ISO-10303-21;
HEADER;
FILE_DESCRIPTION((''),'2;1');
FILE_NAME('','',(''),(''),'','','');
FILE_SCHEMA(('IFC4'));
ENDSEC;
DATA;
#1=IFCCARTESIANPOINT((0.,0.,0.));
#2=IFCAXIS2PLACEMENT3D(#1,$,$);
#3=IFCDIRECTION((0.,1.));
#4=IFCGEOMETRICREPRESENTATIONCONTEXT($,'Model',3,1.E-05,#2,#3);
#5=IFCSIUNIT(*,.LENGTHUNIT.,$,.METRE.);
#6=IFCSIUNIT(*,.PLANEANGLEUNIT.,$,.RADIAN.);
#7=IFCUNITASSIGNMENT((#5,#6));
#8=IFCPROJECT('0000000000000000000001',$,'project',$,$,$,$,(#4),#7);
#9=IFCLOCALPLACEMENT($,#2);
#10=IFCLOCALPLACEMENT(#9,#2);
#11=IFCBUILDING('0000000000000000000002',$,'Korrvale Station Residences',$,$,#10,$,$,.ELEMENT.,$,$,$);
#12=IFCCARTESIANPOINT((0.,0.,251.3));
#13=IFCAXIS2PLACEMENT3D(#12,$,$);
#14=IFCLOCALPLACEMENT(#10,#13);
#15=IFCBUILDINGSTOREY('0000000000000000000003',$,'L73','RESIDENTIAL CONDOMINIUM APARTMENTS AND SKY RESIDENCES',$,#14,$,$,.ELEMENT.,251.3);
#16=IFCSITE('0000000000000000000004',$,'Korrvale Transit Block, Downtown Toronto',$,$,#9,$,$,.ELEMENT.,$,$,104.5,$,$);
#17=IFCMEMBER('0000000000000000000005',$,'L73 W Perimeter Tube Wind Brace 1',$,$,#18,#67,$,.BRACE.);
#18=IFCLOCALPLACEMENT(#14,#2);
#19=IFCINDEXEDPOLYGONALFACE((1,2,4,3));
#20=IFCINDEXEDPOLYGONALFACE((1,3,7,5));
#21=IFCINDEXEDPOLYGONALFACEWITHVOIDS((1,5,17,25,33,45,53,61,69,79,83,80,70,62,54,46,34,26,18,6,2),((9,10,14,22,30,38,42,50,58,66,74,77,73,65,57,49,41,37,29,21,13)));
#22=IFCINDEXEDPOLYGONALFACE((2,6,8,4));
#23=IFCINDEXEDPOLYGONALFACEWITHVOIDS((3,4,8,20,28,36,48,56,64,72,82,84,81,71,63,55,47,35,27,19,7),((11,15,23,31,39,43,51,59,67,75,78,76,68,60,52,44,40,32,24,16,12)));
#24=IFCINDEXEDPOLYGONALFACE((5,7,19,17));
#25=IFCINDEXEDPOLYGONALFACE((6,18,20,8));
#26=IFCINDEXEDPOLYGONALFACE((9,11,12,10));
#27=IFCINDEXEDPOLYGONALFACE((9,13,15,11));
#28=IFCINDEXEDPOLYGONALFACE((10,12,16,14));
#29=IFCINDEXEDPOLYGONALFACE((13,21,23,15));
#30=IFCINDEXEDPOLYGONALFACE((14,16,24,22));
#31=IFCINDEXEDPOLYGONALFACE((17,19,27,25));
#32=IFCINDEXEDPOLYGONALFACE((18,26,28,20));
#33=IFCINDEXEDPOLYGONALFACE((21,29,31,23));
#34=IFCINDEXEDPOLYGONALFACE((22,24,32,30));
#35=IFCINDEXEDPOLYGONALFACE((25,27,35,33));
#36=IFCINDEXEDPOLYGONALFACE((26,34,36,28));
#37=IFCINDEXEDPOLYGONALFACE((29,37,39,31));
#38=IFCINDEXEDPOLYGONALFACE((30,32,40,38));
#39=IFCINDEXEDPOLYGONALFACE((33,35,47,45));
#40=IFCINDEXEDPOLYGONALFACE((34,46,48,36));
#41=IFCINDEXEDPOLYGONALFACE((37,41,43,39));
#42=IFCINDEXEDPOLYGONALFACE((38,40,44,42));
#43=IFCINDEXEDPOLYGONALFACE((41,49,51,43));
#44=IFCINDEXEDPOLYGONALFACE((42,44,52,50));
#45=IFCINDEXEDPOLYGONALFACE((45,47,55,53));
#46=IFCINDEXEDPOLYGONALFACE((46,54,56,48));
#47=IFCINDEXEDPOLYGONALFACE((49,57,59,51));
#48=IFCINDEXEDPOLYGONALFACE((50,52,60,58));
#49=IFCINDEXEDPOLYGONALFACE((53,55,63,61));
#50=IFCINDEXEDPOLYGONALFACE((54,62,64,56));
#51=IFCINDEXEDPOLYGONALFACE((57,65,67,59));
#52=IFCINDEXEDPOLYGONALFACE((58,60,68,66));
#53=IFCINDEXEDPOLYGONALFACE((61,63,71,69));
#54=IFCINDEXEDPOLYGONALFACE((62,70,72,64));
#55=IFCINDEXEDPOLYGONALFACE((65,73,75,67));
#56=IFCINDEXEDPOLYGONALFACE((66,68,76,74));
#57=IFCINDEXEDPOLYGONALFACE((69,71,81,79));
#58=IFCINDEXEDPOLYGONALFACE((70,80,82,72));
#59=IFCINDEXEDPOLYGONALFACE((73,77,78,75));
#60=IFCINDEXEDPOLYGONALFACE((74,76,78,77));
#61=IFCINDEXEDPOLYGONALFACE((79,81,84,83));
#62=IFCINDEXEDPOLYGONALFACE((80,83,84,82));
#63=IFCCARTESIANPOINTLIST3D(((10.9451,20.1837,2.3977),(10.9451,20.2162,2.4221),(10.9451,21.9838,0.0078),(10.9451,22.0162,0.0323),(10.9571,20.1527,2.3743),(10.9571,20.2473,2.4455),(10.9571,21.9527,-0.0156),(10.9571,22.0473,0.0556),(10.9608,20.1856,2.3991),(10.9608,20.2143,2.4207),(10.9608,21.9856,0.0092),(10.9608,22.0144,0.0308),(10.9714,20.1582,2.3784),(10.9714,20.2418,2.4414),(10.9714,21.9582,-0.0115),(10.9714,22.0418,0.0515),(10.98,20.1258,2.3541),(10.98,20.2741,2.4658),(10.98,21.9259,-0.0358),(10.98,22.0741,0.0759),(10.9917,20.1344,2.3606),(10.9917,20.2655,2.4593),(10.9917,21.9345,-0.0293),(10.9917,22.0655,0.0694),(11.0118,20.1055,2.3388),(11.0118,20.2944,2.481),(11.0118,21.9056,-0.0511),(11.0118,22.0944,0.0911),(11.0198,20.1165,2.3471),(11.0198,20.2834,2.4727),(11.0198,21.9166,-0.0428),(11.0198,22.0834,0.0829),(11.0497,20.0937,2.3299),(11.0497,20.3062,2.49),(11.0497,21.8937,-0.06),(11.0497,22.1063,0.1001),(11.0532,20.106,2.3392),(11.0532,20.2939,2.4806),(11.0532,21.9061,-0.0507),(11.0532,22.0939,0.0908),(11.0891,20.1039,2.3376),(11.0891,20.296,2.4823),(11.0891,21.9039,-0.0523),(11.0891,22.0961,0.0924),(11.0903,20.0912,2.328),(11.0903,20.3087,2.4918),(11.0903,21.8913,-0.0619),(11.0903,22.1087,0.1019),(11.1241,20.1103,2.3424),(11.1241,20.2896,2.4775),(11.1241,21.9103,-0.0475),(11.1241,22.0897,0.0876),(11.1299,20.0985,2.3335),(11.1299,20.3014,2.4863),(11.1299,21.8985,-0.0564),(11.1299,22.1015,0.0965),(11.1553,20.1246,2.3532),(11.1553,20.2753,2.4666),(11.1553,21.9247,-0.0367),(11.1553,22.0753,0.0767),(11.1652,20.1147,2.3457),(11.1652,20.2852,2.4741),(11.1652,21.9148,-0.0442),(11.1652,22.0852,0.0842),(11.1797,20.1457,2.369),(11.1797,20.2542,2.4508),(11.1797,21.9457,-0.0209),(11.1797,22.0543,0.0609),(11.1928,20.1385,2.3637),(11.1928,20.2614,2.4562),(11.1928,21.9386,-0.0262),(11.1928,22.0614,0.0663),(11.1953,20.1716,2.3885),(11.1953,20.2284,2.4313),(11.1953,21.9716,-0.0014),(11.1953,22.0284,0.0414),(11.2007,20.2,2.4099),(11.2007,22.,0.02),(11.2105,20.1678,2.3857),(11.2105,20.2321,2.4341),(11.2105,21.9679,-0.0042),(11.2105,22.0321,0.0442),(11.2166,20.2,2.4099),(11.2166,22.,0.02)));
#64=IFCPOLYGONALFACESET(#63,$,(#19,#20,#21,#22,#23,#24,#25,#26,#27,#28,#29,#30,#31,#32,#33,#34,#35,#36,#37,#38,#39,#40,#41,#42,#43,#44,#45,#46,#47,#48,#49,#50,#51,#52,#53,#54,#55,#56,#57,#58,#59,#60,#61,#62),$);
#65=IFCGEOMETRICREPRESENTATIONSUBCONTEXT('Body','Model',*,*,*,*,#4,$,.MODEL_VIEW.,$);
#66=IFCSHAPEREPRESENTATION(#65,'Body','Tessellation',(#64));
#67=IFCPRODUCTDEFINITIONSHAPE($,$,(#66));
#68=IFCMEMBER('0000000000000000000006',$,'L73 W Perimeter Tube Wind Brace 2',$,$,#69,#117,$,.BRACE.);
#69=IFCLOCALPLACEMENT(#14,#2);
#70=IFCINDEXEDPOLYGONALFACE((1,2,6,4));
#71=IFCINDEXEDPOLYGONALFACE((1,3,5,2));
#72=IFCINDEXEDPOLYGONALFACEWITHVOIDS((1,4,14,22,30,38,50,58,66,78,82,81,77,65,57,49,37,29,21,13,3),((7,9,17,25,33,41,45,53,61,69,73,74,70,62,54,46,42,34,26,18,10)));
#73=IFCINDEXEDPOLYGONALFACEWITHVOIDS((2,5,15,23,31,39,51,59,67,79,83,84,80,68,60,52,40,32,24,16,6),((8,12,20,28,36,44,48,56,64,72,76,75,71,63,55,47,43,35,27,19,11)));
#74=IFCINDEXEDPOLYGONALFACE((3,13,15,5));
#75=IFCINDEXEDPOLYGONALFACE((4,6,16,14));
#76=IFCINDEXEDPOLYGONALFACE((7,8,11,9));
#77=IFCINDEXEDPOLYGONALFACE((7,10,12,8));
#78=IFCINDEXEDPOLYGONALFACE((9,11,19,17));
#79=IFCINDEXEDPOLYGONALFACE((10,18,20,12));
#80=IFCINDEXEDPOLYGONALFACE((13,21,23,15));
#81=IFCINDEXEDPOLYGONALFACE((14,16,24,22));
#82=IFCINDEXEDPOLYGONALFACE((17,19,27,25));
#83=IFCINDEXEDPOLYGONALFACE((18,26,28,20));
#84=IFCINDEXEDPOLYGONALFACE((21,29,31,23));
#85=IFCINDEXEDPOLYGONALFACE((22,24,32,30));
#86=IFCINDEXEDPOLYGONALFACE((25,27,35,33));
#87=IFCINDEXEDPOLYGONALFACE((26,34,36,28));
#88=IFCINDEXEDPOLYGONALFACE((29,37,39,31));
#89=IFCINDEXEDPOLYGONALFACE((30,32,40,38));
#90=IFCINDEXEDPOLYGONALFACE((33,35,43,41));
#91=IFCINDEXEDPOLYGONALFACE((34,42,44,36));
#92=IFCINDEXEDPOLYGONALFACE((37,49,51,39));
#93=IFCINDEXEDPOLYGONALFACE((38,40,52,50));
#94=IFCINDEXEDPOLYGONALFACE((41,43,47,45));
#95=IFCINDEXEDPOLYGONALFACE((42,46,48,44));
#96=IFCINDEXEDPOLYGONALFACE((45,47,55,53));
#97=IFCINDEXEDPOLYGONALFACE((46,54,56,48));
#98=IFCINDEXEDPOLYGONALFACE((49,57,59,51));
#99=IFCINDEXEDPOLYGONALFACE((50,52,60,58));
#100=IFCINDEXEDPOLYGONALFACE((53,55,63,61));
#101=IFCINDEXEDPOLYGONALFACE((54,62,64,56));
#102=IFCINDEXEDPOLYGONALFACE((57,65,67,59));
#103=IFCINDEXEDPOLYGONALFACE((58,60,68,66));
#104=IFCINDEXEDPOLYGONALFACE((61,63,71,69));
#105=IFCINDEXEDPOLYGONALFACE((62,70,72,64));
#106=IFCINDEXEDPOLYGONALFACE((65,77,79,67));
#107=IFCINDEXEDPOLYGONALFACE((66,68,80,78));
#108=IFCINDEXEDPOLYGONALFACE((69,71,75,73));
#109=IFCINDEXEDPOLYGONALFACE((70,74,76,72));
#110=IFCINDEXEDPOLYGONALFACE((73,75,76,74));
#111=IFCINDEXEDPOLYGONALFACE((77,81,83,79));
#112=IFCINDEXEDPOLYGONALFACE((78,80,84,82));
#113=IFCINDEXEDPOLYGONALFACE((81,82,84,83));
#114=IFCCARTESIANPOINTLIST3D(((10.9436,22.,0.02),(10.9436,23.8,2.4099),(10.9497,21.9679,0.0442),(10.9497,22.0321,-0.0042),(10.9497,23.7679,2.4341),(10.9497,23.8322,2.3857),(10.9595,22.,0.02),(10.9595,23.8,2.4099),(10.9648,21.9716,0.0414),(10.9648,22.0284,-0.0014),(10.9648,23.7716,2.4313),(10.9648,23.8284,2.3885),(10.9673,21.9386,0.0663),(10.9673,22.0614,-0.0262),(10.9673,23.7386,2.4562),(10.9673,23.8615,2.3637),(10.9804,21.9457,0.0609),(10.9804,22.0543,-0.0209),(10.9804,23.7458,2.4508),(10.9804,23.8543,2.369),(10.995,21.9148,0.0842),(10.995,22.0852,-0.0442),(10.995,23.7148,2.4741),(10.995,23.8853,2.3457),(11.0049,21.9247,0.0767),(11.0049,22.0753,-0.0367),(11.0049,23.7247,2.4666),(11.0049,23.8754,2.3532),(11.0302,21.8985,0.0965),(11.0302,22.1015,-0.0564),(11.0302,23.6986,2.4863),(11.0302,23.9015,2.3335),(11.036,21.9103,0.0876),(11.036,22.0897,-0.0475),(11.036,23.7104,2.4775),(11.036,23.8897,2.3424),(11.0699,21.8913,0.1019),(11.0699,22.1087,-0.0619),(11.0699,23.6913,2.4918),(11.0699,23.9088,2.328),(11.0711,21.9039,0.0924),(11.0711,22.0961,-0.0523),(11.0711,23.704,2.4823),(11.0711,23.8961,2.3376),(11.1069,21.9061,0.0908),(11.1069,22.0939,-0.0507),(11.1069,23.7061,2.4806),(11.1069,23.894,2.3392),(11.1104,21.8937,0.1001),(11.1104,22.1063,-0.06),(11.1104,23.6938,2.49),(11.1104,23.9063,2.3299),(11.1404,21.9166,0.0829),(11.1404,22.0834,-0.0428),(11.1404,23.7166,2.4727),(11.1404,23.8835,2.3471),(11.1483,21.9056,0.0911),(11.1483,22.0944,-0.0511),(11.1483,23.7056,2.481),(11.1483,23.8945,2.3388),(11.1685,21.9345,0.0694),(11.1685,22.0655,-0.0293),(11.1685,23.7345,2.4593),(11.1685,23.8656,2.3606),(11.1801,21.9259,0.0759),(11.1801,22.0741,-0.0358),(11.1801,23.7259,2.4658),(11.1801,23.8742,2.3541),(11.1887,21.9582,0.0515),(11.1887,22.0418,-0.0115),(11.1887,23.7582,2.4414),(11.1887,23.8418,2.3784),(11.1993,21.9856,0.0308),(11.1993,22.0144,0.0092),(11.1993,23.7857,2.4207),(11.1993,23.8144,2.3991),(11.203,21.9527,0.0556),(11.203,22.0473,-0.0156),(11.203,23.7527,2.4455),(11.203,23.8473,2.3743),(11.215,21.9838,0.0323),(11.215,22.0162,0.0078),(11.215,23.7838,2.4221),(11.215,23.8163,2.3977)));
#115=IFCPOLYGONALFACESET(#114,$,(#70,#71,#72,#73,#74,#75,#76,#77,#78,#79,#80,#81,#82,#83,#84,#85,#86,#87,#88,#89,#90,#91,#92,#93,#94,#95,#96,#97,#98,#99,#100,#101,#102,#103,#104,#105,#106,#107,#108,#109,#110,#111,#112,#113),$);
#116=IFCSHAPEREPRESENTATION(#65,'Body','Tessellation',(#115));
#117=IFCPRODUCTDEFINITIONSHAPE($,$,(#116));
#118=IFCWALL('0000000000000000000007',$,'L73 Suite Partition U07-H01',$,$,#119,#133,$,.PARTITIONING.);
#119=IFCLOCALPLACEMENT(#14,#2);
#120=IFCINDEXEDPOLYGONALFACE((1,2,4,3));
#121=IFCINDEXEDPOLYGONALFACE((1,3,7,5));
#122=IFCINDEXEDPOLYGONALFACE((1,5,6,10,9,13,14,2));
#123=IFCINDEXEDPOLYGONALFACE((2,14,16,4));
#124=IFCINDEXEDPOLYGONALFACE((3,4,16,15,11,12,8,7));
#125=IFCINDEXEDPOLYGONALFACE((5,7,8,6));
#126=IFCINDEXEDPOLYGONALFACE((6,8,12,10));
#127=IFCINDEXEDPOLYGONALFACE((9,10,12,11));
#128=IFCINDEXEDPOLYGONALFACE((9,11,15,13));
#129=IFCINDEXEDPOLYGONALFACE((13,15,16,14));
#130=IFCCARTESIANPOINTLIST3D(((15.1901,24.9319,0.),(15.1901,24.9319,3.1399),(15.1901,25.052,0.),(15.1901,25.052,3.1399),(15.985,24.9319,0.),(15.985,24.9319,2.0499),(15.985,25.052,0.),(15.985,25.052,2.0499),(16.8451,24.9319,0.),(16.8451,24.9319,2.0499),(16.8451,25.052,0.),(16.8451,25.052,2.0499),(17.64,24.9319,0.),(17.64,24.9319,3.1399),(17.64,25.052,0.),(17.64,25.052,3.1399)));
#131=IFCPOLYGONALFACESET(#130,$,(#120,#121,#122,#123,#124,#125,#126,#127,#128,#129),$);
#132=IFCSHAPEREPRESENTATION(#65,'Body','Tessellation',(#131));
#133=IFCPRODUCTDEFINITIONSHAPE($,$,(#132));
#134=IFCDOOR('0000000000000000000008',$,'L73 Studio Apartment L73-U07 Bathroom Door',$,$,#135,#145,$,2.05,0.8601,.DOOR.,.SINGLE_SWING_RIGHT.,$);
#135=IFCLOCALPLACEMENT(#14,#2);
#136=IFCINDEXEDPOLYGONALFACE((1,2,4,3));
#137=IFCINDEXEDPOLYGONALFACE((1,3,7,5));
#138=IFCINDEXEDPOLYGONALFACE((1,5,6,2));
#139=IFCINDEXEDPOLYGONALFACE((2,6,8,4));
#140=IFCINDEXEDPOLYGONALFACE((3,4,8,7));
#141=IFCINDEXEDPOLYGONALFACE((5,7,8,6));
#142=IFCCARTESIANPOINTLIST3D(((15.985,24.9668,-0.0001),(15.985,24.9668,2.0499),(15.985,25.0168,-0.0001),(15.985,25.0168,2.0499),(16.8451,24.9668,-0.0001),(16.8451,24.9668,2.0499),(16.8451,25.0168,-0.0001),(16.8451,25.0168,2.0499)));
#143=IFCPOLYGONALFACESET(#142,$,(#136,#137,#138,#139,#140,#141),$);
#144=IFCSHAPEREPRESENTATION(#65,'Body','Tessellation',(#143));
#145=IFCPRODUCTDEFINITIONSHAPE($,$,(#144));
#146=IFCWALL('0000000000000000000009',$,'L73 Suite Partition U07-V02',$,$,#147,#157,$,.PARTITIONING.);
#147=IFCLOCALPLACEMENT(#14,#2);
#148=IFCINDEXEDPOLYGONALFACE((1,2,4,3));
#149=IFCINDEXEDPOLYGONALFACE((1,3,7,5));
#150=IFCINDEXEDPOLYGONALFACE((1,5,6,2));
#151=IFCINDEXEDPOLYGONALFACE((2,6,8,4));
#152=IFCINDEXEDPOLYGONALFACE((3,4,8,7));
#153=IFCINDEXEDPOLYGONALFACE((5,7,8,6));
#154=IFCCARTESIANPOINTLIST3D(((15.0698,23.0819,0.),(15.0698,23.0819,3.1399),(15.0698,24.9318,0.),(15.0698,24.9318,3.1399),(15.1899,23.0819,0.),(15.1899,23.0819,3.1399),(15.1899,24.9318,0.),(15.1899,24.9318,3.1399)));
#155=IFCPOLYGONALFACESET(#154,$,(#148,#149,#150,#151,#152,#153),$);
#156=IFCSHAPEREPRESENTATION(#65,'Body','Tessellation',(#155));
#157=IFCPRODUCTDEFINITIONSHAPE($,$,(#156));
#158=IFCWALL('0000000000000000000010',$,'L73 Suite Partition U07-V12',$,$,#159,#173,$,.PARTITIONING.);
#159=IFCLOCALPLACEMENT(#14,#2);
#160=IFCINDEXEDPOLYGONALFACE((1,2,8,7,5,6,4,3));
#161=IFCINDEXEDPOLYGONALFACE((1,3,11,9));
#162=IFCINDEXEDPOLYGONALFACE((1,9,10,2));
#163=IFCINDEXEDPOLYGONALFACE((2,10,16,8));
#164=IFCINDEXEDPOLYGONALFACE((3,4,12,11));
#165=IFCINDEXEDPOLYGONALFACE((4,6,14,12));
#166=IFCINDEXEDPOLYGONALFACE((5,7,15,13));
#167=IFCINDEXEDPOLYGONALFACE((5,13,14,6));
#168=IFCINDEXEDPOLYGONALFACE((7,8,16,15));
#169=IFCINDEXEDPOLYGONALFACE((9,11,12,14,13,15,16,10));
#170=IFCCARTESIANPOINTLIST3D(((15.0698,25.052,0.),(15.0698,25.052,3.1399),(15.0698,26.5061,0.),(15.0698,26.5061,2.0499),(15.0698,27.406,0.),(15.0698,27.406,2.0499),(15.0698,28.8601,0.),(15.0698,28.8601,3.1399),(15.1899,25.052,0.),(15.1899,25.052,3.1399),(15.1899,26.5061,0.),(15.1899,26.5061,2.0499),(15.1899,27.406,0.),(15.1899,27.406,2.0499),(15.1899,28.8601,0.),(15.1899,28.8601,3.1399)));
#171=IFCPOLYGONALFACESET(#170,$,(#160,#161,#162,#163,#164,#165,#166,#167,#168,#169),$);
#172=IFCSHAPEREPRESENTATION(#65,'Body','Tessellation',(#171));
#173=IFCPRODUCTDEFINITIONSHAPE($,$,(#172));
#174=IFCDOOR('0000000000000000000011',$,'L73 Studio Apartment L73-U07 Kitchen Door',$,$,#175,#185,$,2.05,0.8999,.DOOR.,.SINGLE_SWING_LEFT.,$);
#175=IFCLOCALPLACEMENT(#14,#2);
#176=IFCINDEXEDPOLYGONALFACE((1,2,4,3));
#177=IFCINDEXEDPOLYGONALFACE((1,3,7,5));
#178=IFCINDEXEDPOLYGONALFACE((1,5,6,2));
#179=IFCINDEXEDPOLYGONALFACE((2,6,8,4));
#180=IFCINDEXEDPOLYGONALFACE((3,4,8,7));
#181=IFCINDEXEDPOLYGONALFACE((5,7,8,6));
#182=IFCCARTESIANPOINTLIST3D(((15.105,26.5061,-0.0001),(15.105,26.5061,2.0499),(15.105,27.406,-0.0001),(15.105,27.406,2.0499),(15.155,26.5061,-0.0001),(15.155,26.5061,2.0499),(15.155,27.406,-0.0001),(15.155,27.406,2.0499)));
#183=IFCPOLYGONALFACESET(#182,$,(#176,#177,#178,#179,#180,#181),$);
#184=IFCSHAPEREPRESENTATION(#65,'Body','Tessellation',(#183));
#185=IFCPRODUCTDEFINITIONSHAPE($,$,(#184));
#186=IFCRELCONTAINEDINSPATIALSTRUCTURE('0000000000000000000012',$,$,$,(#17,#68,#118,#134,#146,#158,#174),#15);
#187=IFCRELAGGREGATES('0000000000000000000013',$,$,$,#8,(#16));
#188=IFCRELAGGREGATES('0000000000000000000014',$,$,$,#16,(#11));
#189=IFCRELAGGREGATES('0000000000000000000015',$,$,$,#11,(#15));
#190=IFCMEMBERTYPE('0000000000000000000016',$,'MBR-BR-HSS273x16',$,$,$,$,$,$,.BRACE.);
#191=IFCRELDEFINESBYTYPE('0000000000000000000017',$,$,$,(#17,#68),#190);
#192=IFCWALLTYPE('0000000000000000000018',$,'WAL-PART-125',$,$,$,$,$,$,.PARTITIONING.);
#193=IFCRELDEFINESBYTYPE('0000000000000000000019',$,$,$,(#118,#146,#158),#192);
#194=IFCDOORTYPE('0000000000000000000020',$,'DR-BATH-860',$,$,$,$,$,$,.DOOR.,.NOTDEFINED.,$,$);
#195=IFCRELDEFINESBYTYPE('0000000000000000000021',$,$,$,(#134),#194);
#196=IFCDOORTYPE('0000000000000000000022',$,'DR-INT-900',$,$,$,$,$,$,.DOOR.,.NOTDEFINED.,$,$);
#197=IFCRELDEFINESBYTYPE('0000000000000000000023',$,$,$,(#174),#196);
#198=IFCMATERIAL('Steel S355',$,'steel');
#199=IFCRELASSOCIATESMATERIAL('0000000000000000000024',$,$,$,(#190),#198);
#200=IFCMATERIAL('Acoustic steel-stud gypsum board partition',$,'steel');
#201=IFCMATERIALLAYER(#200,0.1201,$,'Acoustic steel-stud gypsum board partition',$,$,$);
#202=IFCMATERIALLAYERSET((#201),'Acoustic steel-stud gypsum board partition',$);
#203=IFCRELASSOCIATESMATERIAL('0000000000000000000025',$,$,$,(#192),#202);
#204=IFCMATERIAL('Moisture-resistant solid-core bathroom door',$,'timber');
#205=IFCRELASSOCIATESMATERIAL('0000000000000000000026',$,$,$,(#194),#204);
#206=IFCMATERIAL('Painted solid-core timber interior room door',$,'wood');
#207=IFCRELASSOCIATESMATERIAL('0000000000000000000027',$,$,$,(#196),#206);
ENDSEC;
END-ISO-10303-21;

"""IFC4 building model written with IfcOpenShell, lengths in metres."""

from ifc_helpers import new_model, si_unit, direction, frame, frame_2d, origin, origin_2d, place, context, subcontext, project, spatial, rectangle, hollow_circle, extrude, material, layer, layer_set, material_profile, profile_set, type_object, element, fill, save


model = new_model("IFC4")

# Units and contexts
model_context = context("Model", 3, precision=1e-05, world=origin(), true_north=direction((0.0, 1.0)))
body_context = subcontext(model_context, "Body", "Model", "MODEL_VIEW")
ifc_project = project(units=[si_unit("LENGTHUNIT", "METRE"), si_unit("PLANEANGLEUNIT", "RADIAN")], contexts=[model_context])

# Site, building, storey
site_placement = place(None, origin())
site = spatial("IfcSite", under=ifc_project, at=site_placement, Name="Korrvale Transit Block, Downtown Toronto", CompositionType="ELEMENT", RefElevation=104.5)
building_placement = place(site_placement, origin())
building = spatial("IfcBuilding", under=site, at=building_placement, Name="Korrvale Station Residences", CompositionType="ELEMENT")
storey_placement = place(building_placement, frame((0.0, 0.0, 251.3)))
storey = spatial("IfcBuildingStorey", under=building, at=storey_placement, Name="L73", Description="RESIDENTIAL CONDOMINIUM APARTMENTS AND SKY RESIDENCES", CompositionType="ELEMENT", Elevation=251.3)

# Shared definitions
ifc_material_1 = material(Name="Steel S355", Category="steel")

# Members
ifc_material_profile_1 = material_profile(ifc_material_1, hollow_circle(Radius=0.1365, WallThickness=0.0159, at=origin_2d()), Name="HSS273x16")
ifc_profile_set_1 = profile_set([ifc_material_profile_1], Name="Steel S355")
member_type = type_object("IfcMemberType", Name="MBR-BR-HSS273x16", PredefinedType="BRACE", material=ifc_profile_set_1)
for number, where, z_axis, x_axis, name in (
    (1, (11.0801, 22.0, 0.02), (0.0, -0.601631, 0.798774), (1.0, 0.0, 0.0), "L73 W Perimeter Tube Wind Brace 1"),
    (2, (11.0801, 22.0, 0.02), (0.0, 0.601631, 0.798774), (-1.0, 0.0, 0.0), "L73 W Perimeter Tube Wind Brace 2"),
):
    element("IfcMember", number, at=place(storey_placement, frame(where, z_axis=z_axis, x_axis=x_axis)), inside=storey, type_object=member_type, Name=name, PredefinedType="BRACE", context=body_context, shape_type="SweptSolid", body=[
        extrude(hollow_circle(Radius=0.1365, WallThickness=0.0159, at=origin_2d()), origin(), (0.0, 0.0, 1.0), 2.9919),
    ])

# Wall, opening, door
ifc_material_2 = material(Name="Acoustic steel-stud gypsum board partition", Category="steel")
ifc_layer_1 = layer(ifc_material_2, 0.1201, Name="Acoustic steel-stud gypsum board partition")
ifc_layer_set_1 = layer_set([ifc_layer_1], Name="Acoustic steel-stud gypsum board partition")
wall_type_1 = type_object("IfcWallType", Name="WAL-PART-125", PredefinedType="PARTITIONING", material=ifc_layer_set_1)
wall_1_placement = place(storey_placement, frame((15.1899, 24.9919, 0.0), z_axis=(0.0, 0.0, 1.0), x_axis=(1.0, 0.0, 0.0)))
wall_1 = element("IfcWall", 3, at=wall_1_placement, inside=storey, type_object=wall_type_1, Name="L73 Suite Partition U07-H01", PredefinedType="PARTITIONING", context=body_context, shape_type="SweptSolid", body=[
    extrude(rectangle(XDim=2.45, YDim=0.1201, at=frame_2d((1.2251, 0.0))), origin(), (0.0, 0.0, 1.0), 3.1399),
])
opening_1_placement = place(wall_1_placement, frame((0.7949, 0.0, 0.0)))
opening_1 = element("IfcOpeningElement", 4, at=opening_1_placement, cuts=wall_1, PredefinedType="OPENING", context=body_context, shape_type="SweptSolid", body=[
    extrude(rectangle(XDim=0.8601, YDim=2.05, at=frame_2d((0.4302, 1.0249))), frame((0.0, 0.0701, 0.0), z_axis=(0.0, -1.0, 0.0), x_axis=(1.0, 0.0, 0.0)), (0.0, 0.0, 1.0), 0.1401),
])
ifc_material_3 = material(Name="Moisture-resistant solid-core bathroom door", Category="timber")
door_type_1 = type_object("IfcDoorType", Name="DR-BATH-860", OperationType="NOTDEFINED", PredefinedType="DOOR", material=ifc_material_3)
door_1_placement = place(opening_1_placement, origin())
door_1 = element("IfcDoor", 5, at=door_1_placement, inside=storey, type_object=door_type_1, Name="L73 Studio Apartment L73-U07 Bathroom Door", OperationType="SINGLE_SWING_RIGHT", OverallHeight=2.05, OverallWidth=0.8601, PredefinedType="DOOR", context=body_context, shape_type="SweptSolid", body=[
    extrude(rectangle(XDim=0.8601, YDim=2.05, at=frame_2d((0.4302, 1.0249))), frame((0.0, 0.0249, 0.0), z_axis=(0.0, -1.0, 0.0), x_axis=(1.0, 0.0, 0.0)), (0.0, 0.0, 1.0), 0.05),
])
fill(opening_1, door_1)

# Wall
wall_2_placement = place(storey_placement, frame((15.1299, 23.082, 0.0), z_axis=(0.0, 0.0, 1.0), x_axis=(0.0, 1.0, 0.0)))
element("IfcWall", 6, at=wall_2_placement, inside=storey, type_object=wall_type_1, Name="L73 Suite Partition U07-V02", PredefinedType="PARTITIONING", context=body_context, shape_type="SweptSolid", body=[
    extrude(rectangle(XDim=1.8499, YDim=0.1201, at=frame_2d((0.9248, 0.0))), origin(), (0.0, 0.0, 1.0), 3.1399),
])

# Wall, opening, door
wall_3_placement = place(storey_placement, frame((15.1299, 25.052, 0.0), z_axis=(0.0, 0.0, 1.0), x_axis=(0.0, 1.0, 0.0)))
wall_3 = element("IfcWall", 7, at=wall_3_placement, inside=storey, type_object=wall_type_1, Name="L73 Suite Partition U07-V12", PredefinedType="PARTITIONING", context=body_context, shape_type="SweptSolid", body=[
    extrude(rectangle(XDim=3.8081, YDim=0.1201, at=frame_2d((1.9041, 0.0))), origin(), (0.0, 0.0, 1.0), 3.1399),
])
opening_2_placement = place(wall_3_placement, frame((1.4541, 0.0, 0.0)))
opening_2 = element("IfcOpeningElement", 8, at=opening_2_placement, cuts=wall_3, PredefinedType="OPENING", context=body_context, shape_type="SweptSolid", body=[
    extrude(rectangle(XDim=0.8999, YDim=2.05, at=frame_2d((0.45, 1.0249))), frame((0.0, 0.0701, 0.0), z_axis=(0.0, -1.0, 0.0), x_axis=(1.0, 0.0, 0.0)), (0.0, 0.0, 1.0), 0.1401),
])
ifc_material_4 = material(Name="Painted solid-core timber interior room door", Category="wood")
door_type_2 = type_object("IfcDoorType", Name="DR-INT-900", OperationType="NOTDEFINED", PredefinedType="DOOR", material=ifc_material_4)
door_2_placement = place(opening_2_placement, origin())
door_2 = element("IfcDoor", 9, at=door_2_placement, inside=storey, type_object=door_type_2, Name="L73 Studio Apartment L73-U07 Kitchen Door", OperationType="SINGLE_SWING_LEFT", OverallHeight=2.05, OverallWidth=0.8999, PredefinedType="DOOR", context=body_context, shape_type="SweptSolid", body=[
    extrude(rectangle(XDim=0.8999, YDim=2.05, at=frame_2d((0.45, 1.0249))), frame((0.0, 0.0249, 0.0), z_axis=(0.0, -1.0, 0.0), x_axis=(1.0, 0.0, 0.0)), (0.0, 0.0, 1.0), 0.05),
])
fill(opening_2, door_2)

save(model, "model.ifc")
